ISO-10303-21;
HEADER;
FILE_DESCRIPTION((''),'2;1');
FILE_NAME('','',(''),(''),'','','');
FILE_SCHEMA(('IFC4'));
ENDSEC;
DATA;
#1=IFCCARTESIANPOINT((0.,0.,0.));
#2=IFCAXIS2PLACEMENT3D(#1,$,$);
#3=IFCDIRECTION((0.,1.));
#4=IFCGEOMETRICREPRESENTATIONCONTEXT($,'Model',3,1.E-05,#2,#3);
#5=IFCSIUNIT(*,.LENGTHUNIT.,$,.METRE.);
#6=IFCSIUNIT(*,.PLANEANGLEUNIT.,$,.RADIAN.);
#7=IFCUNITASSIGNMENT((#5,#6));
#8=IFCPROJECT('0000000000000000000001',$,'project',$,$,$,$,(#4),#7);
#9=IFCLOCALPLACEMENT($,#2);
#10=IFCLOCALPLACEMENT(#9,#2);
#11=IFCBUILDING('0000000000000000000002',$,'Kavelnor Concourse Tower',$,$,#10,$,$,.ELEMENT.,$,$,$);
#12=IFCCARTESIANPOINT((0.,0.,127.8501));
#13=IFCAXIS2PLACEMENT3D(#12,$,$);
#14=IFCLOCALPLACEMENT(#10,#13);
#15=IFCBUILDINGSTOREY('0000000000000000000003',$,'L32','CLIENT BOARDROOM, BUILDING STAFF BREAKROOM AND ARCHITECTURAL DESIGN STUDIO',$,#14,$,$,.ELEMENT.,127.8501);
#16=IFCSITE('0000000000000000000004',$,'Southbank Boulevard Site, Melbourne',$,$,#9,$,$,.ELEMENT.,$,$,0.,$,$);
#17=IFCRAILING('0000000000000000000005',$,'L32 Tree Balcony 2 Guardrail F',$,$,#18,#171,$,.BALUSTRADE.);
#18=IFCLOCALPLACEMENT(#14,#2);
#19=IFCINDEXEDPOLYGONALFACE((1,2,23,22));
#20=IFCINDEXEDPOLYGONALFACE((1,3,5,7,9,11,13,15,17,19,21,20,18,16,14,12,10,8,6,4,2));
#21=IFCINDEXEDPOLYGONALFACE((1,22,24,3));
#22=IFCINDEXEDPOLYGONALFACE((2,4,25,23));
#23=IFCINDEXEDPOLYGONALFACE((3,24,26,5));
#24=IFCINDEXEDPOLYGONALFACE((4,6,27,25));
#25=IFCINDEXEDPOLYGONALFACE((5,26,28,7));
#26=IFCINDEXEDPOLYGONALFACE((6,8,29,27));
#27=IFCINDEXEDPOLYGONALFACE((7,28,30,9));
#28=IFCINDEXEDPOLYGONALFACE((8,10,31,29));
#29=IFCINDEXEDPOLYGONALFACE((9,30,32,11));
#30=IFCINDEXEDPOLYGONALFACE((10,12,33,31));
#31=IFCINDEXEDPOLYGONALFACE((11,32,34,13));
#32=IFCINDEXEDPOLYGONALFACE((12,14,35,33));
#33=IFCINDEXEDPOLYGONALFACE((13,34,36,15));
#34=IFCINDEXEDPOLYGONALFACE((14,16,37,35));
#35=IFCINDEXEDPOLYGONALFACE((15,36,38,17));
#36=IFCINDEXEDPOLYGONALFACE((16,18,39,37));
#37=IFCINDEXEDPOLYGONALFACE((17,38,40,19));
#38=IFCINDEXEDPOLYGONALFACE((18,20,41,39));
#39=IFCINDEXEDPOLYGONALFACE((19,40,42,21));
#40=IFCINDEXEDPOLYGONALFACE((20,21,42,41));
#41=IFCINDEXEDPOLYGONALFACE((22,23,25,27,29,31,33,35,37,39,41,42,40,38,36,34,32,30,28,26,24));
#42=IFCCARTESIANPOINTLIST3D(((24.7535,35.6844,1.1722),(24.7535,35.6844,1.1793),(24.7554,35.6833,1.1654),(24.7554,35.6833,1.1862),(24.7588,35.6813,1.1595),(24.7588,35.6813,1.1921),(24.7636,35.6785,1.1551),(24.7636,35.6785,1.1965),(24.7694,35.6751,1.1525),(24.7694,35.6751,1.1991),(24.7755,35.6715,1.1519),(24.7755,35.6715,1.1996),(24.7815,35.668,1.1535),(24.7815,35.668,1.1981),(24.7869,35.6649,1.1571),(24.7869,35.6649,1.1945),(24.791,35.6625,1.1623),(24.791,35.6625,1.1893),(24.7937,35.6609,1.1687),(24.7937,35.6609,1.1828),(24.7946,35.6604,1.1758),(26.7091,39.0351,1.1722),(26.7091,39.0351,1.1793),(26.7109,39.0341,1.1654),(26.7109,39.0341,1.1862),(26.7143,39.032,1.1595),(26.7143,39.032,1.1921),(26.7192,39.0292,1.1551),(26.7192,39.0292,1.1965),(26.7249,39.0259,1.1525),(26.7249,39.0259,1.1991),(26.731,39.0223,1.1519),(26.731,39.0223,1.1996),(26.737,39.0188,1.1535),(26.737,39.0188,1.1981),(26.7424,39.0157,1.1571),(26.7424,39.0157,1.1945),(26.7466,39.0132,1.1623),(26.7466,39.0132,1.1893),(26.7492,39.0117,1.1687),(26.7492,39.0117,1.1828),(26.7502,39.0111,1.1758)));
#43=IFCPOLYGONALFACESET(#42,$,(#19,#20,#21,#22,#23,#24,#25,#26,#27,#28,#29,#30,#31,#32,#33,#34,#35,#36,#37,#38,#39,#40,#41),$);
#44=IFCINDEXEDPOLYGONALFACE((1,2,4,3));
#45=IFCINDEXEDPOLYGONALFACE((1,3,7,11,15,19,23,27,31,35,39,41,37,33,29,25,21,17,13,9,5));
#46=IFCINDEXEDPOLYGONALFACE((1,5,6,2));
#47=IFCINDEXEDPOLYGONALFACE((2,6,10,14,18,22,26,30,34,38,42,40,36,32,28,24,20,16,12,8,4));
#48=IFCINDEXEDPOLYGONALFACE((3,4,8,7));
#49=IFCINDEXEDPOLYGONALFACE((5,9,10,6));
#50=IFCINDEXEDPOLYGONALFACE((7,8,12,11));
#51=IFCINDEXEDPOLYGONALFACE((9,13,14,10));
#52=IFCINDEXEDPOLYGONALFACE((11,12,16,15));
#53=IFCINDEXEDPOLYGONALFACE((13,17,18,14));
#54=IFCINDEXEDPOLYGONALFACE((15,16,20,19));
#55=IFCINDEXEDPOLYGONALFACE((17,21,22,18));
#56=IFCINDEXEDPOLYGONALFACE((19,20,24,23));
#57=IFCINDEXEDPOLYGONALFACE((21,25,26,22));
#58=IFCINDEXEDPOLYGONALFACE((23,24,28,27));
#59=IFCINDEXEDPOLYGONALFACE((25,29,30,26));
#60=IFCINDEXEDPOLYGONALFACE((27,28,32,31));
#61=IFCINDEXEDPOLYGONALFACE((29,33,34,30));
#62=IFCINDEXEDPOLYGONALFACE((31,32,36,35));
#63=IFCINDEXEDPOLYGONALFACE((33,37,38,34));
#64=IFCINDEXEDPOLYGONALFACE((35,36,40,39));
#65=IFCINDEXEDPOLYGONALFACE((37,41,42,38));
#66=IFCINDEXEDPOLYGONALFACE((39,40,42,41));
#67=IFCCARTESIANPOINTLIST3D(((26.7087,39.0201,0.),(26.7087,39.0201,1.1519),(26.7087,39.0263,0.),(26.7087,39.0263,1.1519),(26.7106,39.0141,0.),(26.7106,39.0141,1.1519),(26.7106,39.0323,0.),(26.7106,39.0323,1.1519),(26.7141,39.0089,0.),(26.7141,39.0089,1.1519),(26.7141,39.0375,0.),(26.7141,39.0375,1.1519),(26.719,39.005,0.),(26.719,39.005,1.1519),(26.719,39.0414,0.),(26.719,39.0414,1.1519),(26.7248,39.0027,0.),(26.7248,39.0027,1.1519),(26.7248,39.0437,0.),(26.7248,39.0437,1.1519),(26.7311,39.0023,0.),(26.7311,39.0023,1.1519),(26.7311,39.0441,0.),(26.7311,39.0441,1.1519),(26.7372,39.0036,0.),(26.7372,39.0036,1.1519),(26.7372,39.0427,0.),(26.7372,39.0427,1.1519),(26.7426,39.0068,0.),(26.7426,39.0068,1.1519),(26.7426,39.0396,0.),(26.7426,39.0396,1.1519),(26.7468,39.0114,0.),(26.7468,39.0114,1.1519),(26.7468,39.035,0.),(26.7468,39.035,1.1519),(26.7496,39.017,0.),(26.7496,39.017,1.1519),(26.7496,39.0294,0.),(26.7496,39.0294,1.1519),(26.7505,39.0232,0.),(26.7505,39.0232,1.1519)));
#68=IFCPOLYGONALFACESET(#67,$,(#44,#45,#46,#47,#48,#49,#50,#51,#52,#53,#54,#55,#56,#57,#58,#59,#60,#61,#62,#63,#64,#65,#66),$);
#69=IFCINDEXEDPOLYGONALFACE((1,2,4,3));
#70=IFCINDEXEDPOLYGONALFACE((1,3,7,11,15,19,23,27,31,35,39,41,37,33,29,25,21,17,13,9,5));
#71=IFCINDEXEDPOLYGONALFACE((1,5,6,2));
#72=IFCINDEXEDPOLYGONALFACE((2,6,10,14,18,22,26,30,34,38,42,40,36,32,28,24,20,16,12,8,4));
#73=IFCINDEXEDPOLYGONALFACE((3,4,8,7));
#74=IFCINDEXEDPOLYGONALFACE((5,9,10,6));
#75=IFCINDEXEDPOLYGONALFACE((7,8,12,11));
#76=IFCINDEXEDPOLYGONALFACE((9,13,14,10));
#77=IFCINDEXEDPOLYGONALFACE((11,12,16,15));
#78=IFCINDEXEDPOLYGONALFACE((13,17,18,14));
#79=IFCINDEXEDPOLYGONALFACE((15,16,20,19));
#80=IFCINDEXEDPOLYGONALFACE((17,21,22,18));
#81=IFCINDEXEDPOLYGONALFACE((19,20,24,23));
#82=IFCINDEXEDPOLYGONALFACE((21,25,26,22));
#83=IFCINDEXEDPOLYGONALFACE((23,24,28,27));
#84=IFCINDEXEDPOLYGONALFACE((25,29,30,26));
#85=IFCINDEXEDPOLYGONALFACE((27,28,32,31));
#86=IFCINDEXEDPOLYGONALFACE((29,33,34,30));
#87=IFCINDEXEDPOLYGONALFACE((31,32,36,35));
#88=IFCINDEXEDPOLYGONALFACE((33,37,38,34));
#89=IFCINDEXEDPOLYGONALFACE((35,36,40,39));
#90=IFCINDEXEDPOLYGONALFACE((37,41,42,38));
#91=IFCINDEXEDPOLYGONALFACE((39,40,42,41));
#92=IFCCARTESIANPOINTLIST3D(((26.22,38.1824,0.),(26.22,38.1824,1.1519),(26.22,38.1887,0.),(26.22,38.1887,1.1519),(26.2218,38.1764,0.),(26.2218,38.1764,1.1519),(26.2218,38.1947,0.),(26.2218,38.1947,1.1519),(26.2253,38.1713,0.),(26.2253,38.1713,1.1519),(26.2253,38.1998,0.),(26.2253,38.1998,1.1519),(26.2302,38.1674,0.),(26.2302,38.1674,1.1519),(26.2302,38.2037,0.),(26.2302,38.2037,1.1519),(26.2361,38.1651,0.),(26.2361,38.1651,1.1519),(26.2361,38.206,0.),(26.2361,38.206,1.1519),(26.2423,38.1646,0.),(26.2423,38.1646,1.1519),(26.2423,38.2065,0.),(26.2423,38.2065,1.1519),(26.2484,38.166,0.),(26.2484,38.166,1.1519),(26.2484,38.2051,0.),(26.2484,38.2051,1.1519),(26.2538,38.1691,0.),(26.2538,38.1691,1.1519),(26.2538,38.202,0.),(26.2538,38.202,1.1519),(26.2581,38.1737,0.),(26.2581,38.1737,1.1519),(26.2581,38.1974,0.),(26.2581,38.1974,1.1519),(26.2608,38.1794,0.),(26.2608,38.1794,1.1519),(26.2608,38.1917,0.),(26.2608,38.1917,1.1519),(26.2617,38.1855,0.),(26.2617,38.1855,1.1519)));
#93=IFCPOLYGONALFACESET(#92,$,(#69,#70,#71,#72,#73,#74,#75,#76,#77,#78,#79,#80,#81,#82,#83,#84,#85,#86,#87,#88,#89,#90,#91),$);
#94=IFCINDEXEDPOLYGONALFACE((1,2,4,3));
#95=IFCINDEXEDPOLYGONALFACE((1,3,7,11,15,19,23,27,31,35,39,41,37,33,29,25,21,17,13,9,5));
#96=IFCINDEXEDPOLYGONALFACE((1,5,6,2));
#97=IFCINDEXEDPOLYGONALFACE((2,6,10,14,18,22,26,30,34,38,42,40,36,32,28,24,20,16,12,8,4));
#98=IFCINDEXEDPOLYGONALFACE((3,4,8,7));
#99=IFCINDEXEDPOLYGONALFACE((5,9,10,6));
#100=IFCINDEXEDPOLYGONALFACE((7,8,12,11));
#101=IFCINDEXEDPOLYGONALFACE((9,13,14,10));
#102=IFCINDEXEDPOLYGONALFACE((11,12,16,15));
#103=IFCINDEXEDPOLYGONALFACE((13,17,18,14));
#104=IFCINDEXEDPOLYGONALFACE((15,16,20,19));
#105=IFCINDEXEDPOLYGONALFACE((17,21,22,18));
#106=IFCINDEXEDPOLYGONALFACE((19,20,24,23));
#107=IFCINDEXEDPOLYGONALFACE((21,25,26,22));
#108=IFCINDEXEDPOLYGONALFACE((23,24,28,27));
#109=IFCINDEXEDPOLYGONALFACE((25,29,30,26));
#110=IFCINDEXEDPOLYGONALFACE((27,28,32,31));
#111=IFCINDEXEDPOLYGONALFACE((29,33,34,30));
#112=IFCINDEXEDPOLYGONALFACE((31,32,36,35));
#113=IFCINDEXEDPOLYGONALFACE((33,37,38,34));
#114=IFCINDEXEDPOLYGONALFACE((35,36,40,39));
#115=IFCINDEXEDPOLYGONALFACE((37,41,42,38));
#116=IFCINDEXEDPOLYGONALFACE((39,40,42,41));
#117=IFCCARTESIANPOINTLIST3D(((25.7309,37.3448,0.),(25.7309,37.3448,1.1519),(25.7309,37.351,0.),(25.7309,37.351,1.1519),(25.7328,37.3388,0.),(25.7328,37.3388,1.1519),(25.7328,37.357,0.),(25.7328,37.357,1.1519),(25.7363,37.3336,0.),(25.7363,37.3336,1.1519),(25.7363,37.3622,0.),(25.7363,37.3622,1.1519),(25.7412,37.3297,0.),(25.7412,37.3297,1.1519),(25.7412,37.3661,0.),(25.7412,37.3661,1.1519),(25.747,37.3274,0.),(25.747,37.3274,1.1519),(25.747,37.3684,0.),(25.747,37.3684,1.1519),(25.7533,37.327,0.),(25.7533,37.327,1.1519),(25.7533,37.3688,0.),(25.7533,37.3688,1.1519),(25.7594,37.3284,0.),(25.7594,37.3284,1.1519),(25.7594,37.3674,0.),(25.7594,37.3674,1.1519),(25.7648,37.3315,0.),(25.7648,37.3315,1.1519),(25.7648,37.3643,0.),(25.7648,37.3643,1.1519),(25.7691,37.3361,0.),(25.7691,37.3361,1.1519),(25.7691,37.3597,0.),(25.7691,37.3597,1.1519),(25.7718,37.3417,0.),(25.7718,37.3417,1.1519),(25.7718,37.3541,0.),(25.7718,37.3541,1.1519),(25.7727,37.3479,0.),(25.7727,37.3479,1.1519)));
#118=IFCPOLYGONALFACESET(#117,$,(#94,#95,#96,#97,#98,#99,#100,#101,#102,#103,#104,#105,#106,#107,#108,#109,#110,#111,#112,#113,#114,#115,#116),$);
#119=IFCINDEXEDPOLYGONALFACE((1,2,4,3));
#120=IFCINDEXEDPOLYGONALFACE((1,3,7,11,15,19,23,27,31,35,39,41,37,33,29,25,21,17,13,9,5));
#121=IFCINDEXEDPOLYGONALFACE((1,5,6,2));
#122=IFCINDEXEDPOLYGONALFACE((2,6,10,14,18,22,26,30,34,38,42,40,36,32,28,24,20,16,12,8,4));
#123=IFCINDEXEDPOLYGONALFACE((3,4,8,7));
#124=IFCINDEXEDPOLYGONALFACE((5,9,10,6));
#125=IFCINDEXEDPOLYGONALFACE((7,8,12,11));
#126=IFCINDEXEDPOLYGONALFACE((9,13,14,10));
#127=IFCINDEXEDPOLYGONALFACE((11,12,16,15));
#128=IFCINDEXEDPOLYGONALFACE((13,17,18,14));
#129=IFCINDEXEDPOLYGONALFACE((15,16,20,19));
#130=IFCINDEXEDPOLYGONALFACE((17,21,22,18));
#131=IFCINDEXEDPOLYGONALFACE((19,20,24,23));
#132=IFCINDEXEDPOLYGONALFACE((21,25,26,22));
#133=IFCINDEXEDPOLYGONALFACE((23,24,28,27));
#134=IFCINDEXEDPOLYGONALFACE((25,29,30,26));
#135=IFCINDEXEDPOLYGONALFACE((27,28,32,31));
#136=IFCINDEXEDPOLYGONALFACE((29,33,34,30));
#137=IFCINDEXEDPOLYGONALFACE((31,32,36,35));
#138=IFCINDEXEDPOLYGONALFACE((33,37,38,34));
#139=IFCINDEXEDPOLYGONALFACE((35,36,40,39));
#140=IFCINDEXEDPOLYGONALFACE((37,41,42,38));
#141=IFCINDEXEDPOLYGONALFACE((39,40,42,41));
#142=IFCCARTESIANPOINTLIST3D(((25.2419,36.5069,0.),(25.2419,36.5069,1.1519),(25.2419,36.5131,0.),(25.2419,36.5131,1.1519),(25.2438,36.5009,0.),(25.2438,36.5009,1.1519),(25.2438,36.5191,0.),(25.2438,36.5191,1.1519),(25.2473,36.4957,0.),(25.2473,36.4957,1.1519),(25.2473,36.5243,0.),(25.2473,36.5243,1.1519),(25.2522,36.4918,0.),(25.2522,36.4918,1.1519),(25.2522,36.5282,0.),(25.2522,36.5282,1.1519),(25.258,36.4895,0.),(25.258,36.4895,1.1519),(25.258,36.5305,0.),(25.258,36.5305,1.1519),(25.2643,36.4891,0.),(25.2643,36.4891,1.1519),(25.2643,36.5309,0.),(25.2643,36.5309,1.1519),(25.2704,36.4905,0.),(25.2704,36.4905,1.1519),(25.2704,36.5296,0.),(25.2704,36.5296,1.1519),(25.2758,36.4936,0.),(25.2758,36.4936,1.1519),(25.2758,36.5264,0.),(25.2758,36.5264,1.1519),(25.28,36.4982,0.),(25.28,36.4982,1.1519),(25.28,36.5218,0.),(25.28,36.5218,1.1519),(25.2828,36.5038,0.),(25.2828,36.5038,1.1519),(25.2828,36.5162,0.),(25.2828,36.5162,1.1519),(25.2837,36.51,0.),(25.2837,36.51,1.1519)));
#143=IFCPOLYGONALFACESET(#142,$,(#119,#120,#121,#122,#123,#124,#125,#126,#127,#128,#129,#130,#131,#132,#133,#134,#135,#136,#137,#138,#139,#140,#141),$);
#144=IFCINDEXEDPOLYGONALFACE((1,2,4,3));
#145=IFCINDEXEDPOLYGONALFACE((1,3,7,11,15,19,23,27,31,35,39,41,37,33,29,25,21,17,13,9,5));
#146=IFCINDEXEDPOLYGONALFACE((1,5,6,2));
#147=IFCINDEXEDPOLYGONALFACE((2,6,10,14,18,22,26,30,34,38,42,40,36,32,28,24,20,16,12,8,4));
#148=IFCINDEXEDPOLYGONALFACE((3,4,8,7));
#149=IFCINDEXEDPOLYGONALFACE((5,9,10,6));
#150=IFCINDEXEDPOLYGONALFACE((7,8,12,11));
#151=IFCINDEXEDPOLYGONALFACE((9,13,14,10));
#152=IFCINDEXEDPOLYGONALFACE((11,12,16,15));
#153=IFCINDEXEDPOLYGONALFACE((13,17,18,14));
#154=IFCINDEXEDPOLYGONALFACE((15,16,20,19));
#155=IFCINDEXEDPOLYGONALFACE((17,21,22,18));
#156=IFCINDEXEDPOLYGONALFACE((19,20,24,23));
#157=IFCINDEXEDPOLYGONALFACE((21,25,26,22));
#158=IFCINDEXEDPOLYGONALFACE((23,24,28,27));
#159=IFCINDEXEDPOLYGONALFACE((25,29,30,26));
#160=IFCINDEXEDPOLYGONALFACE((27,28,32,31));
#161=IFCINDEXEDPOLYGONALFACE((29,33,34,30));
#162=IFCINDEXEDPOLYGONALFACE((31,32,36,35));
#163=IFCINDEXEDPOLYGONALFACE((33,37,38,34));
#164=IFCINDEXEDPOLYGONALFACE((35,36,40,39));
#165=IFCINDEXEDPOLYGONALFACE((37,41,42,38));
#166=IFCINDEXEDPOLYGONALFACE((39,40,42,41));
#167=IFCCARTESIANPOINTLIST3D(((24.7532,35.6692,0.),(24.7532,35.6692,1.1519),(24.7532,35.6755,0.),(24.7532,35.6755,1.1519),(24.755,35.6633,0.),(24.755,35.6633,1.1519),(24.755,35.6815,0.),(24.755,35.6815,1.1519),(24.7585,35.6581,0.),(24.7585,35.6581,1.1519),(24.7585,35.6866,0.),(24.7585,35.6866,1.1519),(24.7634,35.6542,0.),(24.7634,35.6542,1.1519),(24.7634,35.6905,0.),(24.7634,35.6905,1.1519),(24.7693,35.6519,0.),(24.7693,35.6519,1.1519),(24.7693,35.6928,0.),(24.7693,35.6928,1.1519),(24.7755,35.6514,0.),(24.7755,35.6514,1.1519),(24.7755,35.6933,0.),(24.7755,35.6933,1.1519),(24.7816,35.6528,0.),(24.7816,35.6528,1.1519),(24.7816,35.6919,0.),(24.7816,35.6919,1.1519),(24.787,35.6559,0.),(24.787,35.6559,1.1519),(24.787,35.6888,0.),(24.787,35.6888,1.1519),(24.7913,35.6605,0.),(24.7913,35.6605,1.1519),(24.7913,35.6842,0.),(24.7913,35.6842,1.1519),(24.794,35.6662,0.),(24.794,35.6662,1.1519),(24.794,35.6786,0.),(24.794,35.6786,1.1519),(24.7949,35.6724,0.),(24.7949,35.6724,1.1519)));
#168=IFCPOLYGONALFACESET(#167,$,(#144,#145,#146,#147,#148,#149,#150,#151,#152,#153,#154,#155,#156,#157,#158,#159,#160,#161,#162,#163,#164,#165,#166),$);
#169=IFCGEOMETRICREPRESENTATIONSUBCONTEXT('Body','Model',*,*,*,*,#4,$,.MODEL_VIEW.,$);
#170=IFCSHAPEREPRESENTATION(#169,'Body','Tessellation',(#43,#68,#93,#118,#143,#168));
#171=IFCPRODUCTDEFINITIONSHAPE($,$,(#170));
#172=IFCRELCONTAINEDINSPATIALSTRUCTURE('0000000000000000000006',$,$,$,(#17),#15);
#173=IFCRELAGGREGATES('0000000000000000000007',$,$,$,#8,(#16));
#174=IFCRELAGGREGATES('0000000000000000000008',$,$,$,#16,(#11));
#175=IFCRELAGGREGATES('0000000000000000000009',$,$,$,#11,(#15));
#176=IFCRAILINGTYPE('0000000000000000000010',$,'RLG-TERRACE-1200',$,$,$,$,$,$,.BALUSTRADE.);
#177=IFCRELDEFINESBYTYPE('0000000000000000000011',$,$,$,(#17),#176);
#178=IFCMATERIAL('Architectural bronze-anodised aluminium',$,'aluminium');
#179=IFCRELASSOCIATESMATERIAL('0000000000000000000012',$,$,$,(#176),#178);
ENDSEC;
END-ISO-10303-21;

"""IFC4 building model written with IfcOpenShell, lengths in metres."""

from ifc_helpers import new_model, si_unit, direction, frame, origin, origin_2d, place, context, subcontext, project, spatial, circle, extrude, material, type_object, element, save


model = new_model("IFC4")

# Units and contexts
model_context = context("Model", 3, precision=1e-05, world=origin(), true_north=direction((0.0, 1.0)))
body_context = subcontext(model_context, "Body", "Model", "MODEL_VIEW")
ifc_project = project(units=[si_unit("LENGTHUNIT", "METRE"), si_unit("PLANEANGLEUNIT", "RADIAN")], contexts=[model_context])

# Site, building, storey
site_placement = place(None, origin())
site = spatial("IfcSite", under=ifc_project, at=site_placement, Name="Southbank Boulevard Site, Melbourne", CompositionType="ELEMENT", RefElevation=0.0)
building_placement = place(site_placement, origin())
building = spatial("IfcBuilding", under=site, at=building_placement, Name="Kavelnor Concourse Tower", CompositionType="ELEMENT")
storey_placement = place(building_placement, frame((0.0, 0.0, 127.8501)))
storey = spatial("IfcBuildingStorey", under=building, at=storey_placement, Name="L32", Description="CLIENT BOARDROOM, BUILDING STAFF BREAKROOM AND ARCHITECTURAL DESIGN STUDIO", CompositionType="ELEMENT", Elevation=127.8501)

# Railing
ifc_material_1 = material(Name="Architectural bronze-anodised aluminium", Category="aluminium")
railing_type = type_object("IfcRailingType", Name="RLG-TERRACE-1200", PredefinedType="BALUSTRADE", material=ifc_material_1)
railing_1_placement = place(storey_placement, frame((26.7295, 39.0232, 0.0)))
element("IfcRailing", 1, at=railing_1_placement, inside=storey, type_object=railing_type, Name="L32 Tree Balcony 2 Guardrail F", PredefinedType="BALUSTRADE", context=body_context, shape_type="SweptSolid", body=[
    extrude(circle(Radius=0.0239, at=origin_2d()), frame((0.0, 0.0, 1.1758), z_axis=(-0.504047, -0.863676, 0.0), x_axis=(0.863676, -0.504047, 0.0)), (0.0, 0.0, 1.0), 3.8796),
    extrude(circle(Radius=0.021, at=origin_2d()), origin(), (0.0, 0.0, 1.0), 1.1519),
    extrude(circle(Radius=0.021, at=origin_2d()), frame((-0.4888, -0.8376, 0.0)), (0.0, 0.0, 1.0), 1.1519),
    extrude(circle(Radius=0.021, at=origin_2d()), frame((-0.9778, -1.6753, 0.0)), (0.0, 0.0, 1.0), 1.1519),
    extrude(circle(Radius=0.021, at=origin_2d()), frame((-1.4668, -2.5132, 0.0)), (0.0, 0.0, 1.0), 1.1519),
    extrude(circle(Radius=0.021, at=origin_2d()), frame((-1.9556, -3.3508, 0.0)), (0.0, 0.0, 1.0), 1.1519),
])

save(model, "model.ifc")
